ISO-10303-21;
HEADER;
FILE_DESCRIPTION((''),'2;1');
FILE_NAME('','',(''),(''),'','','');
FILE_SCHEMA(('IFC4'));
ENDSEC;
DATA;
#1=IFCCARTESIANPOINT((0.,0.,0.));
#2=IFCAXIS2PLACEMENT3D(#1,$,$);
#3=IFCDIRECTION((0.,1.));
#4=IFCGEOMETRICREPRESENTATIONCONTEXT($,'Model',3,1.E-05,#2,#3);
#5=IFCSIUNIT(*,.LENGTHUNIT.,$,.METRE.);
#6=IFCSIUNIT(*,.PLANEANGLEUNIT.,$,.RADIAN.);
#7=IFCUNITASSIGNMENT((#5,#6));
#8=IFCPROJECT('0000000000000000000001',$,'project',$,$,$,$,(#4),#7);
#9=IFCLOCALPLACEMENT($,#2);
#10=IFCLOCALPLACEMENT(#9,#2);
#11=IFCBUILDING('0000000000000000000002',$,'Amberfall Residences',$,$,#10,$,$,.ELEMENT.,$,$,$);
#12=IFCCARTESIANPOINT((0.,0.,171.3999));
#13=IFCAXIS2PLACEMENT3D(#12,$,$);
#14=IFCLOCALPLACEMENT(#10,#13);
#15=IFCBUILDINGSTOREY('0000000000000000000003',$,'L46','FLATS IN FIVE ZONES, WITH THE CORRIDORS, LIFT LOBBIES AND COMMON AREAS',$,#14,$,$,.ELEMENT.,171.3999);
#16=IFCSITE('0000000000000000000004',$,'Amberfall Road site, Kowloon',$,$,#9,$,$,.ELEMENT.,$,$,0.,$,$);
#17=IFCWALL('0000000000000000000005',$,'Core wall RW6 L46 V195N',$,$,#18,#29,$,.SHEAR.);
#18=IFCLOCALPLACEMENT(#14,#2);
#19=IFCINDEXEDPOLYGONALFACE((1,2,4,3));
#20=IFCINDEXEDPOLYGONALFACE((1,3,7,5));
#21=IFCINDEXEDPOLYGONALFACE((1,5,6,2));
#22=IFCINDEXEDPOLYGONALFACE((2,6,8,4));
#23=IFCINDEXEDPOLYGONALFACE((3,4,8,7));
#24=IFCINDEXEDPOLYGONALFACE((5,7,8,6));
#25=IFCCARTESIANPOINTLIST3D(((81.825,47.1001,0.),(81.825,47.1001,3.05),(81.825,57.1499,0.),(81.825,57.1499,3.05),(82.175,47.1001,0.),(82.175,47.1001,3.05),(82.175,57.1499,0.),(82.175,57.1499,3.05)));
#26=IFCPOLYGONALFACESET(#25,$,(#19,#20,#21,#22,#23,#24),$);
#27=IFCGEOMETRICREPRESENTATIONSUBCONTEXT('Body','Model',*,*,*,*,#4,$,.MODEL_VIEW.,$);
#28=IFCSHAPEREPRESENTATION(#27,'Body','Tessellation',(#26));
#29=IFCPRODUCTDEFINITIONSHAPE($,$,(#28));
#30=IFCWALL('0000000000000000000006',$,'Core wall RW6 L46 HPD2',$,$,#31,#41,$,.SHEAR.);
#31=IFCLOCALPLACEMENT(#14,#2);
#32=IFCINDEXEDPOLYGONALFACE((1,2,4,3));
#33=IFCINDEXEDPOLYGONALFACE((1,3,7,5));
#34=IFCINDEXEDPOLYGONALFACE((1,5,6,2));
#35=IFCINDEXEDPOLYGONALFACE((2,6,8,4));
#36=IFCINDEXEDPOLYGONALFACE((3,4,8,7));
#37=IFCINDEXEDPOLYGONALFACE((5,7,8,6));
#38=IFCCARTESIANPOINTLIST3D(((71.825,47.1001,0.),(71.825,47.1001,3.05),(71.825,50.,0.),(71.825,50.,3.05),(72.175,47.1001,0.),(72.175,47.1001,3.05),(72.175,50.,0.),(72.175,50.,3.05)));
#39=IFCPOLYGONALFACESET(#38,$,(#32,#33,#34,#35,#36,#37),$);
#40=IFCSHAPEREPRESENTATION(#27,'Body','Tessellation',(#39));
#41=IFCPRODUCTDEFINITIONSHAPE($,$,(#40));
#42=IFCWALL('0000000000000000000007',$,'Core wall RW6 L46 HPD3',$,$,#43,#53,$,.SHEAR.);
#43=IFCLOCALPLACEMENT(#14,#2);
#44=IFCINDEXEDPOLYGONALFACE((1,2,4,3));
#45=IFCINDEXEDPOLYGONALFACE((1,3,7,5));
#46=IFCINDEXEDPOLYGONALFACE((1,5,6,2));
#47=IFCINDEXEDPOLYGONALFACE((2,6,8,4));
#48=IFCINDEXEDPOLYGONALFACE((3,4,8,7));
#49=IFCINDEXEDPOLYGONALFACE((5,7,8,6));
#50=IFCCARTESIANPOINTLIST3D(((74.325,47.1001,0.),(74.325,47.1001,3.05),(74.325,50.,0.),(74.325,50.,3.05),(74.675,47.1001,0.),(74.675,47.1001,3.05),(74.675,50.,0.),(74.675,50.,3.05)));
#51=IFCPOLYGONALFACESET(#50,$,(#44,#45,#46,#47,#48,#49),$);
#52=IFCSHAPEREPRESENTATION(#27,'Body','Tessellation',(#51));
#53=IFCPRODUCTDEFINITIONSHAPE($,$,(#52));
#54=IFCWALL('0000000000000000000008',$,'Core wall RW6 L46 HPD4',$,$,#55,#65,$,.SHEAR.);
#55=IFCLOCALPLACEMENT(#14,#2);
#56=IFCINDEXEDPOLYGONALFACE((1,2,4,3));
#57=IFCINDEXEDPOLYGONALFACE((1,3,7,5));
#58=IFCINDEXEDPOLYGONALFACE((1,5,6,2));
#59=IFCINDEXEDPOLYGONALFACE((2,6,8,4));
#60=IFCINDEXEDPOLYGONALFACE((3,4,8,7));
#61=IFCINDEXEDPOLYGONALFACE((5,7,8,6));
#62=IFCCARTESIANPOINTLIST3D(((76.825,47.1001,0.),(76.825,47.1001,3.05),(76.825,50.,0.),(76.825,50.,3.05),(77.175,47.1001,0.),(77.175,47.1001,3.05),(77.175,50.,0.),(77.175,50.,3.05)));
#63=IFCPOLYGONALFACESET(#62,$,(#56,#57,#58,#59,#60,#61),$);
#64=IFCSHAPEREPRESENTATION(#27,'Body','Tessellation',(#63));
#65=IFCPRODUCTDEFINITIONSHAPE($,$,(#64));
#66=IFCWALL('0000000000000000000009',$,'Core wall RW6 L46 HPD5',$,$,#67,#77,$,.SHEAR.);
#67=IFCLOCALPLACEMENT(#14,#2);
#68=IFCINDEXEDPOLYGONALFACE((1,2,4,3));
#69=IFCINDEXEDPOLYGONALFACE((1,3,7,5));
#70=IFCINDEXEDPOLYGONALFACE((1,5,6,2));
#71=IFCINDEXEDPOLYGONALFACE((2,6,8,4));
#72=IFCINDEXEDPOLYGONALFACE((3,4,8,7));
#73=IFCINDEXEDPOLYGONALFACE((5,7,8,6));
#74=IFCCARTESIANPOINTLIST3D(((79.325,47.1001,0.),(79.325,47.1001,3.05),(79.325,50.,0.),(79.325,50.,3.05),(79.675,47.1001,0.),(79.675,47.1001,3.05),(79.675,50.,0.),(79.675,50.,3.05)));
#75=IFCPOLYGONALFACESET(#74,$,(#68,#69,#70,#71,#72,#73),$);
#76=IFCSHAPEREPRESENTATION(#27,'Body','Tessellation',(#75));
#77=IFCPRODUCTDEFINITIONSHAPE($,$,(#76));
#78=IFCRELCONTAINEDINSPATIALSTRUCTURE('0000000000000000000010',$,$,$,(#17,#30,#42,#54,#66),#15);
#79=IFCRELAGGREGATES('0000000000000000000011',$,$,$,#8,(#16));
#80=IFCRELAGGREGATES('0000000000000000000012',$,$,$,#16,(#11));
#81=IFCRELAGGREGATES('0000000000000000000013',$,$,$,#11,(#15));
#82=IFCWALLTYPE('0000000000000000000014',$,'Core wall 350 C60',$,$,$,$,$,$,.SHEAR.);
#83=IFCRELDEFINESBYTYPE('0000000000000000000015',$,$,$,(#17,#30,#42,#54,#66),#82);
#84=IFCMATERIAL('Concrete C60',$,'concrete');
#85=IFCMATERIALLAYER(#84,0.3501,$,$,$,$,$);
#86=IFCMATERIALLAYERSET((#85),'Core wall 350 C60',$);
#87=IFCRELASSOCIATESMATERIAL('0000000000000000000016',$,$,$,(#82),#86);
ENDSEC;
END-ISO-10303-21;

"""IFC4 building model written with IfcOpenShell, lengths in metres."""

from ifc_helpers import new_model, si_unit, direction, frame, frame_2d, origin, place, context, subcontext, project, spatial, rectangle, extrude, material, layer, layer_set, type_object, element, save


model = new_model("IFC4")

# Units and contexts
model_context = context("Model", 3, precision=1e-05, world=origin(), true_north=direction((0.0, 1.0)))
body_context = subcontext(model_context, "Body", "Model", "MODEL_VIEW")
ifc_project = project(units=[si_unit("LENGTHUNIT", "METRE"), si_unit("PLANEANGLEUNIT", "RADIAN")], contexts=[model_context])

# Site, building, storey
site_placement = place(None, origin())
site = spatial("IfcSite", under=ifc_project, at=site_placement, Name="Amberfall Road site, Kowloon", CompositionType="ELEMENT", RefElevation=0.0)
building_placement = place(site_placement, origin())
building = spatial("IfcBuilding", under=site, at=building_placement, Name="Amberfall Residences", CompositionType="ELEMENT")
storey_placement = place(building_placement, frame((0.0, 0.0, 171.3999)))
storey = spatial("IfcBuildingStorey", under=building, at=storey_placement, Name="L46", Description="FLATS IN FIVE ZONES, WITH THE CORRIDORS, LIFT LOBBIES AND COMMON AREAS", CompositionType="ELEMENT", Elevation=171.3999)

# Walls
ifc_material_1 = material(Name="Concrete C60", Category="concrete")
ifc_layer_1 = layer(ifc_material_1, 0.3501)
ifc_layer_set_1 = layer_set([ifc_layer_1], Name="Core wall 350 C60")
wall_type_1 = type_object("IfcWallType", Name="Core wall 350 C60", PredefinedType="SHEAR", material=ifc_layer_set_1)
wall_1_placement = place(storey_placement, frame((82.0, 47.1001, 0.0), z_axis=(0.0, 0.0, 1.0), x_axis=(0.0, 1.0, 0.0)))
element("IfcWall", 1, at=wall_1_placement, inside=storey, type_object=wall_type_1, Name="Core wall RW6 L46 V195N", PredefinedType="SHEAR", context=body_context, shape_type="SweptSolid", body=[
    extrude(rectangle(XDim=10.0498, YDim=0.3501, at=frame_2d((5.0249, 0.0))), origin(), (0.0, 0.0, 1.0), 3.05),
])
for number, where, z_axis, x_axis, name in (
    (2, (72.0, 47.1001, 0.0), (0.0, 0.0, 1.0), (0.0, 1.0, 0.0), "Core wall RW6 L46 HPD2"),
    (3, (74.5, 47.1001, 0.0), (0.0, 0.0, 1.0), (0.0, 1.0, 0.0), "Core wall RW6 L46 HPD3"),
    (4, (77.0, 47.1001, 0.0), (0.0, 0.0, 1.0), (0.0, 1.0, 0.0), "Core wall RW6 L46 HPD4"),
    (5, (79.5, 47.1001, 0.0), (0.0, 0.0, 1.0), (0.0, 1.0, 0.0), "Core wall RW6 L46 HPD5"),
):
    element("IfcWall", number, at=place(storey_placement, frame(where, z_axis=z_axis, x_axis=x_axis)), inside=storey, type_object=wall_type_1, Name=name, PredefinedType="SHEAR", context=body_context, shape_type="SweptSolid", body=[
        extrude(rectangle(XDim=2.8999, YDim=0.3501, at=frame_2d((1.45, 0.0))), origin(), (0.0, 0.0, 1.0), 3.05),
    ])

save(model, "model.ifc")
